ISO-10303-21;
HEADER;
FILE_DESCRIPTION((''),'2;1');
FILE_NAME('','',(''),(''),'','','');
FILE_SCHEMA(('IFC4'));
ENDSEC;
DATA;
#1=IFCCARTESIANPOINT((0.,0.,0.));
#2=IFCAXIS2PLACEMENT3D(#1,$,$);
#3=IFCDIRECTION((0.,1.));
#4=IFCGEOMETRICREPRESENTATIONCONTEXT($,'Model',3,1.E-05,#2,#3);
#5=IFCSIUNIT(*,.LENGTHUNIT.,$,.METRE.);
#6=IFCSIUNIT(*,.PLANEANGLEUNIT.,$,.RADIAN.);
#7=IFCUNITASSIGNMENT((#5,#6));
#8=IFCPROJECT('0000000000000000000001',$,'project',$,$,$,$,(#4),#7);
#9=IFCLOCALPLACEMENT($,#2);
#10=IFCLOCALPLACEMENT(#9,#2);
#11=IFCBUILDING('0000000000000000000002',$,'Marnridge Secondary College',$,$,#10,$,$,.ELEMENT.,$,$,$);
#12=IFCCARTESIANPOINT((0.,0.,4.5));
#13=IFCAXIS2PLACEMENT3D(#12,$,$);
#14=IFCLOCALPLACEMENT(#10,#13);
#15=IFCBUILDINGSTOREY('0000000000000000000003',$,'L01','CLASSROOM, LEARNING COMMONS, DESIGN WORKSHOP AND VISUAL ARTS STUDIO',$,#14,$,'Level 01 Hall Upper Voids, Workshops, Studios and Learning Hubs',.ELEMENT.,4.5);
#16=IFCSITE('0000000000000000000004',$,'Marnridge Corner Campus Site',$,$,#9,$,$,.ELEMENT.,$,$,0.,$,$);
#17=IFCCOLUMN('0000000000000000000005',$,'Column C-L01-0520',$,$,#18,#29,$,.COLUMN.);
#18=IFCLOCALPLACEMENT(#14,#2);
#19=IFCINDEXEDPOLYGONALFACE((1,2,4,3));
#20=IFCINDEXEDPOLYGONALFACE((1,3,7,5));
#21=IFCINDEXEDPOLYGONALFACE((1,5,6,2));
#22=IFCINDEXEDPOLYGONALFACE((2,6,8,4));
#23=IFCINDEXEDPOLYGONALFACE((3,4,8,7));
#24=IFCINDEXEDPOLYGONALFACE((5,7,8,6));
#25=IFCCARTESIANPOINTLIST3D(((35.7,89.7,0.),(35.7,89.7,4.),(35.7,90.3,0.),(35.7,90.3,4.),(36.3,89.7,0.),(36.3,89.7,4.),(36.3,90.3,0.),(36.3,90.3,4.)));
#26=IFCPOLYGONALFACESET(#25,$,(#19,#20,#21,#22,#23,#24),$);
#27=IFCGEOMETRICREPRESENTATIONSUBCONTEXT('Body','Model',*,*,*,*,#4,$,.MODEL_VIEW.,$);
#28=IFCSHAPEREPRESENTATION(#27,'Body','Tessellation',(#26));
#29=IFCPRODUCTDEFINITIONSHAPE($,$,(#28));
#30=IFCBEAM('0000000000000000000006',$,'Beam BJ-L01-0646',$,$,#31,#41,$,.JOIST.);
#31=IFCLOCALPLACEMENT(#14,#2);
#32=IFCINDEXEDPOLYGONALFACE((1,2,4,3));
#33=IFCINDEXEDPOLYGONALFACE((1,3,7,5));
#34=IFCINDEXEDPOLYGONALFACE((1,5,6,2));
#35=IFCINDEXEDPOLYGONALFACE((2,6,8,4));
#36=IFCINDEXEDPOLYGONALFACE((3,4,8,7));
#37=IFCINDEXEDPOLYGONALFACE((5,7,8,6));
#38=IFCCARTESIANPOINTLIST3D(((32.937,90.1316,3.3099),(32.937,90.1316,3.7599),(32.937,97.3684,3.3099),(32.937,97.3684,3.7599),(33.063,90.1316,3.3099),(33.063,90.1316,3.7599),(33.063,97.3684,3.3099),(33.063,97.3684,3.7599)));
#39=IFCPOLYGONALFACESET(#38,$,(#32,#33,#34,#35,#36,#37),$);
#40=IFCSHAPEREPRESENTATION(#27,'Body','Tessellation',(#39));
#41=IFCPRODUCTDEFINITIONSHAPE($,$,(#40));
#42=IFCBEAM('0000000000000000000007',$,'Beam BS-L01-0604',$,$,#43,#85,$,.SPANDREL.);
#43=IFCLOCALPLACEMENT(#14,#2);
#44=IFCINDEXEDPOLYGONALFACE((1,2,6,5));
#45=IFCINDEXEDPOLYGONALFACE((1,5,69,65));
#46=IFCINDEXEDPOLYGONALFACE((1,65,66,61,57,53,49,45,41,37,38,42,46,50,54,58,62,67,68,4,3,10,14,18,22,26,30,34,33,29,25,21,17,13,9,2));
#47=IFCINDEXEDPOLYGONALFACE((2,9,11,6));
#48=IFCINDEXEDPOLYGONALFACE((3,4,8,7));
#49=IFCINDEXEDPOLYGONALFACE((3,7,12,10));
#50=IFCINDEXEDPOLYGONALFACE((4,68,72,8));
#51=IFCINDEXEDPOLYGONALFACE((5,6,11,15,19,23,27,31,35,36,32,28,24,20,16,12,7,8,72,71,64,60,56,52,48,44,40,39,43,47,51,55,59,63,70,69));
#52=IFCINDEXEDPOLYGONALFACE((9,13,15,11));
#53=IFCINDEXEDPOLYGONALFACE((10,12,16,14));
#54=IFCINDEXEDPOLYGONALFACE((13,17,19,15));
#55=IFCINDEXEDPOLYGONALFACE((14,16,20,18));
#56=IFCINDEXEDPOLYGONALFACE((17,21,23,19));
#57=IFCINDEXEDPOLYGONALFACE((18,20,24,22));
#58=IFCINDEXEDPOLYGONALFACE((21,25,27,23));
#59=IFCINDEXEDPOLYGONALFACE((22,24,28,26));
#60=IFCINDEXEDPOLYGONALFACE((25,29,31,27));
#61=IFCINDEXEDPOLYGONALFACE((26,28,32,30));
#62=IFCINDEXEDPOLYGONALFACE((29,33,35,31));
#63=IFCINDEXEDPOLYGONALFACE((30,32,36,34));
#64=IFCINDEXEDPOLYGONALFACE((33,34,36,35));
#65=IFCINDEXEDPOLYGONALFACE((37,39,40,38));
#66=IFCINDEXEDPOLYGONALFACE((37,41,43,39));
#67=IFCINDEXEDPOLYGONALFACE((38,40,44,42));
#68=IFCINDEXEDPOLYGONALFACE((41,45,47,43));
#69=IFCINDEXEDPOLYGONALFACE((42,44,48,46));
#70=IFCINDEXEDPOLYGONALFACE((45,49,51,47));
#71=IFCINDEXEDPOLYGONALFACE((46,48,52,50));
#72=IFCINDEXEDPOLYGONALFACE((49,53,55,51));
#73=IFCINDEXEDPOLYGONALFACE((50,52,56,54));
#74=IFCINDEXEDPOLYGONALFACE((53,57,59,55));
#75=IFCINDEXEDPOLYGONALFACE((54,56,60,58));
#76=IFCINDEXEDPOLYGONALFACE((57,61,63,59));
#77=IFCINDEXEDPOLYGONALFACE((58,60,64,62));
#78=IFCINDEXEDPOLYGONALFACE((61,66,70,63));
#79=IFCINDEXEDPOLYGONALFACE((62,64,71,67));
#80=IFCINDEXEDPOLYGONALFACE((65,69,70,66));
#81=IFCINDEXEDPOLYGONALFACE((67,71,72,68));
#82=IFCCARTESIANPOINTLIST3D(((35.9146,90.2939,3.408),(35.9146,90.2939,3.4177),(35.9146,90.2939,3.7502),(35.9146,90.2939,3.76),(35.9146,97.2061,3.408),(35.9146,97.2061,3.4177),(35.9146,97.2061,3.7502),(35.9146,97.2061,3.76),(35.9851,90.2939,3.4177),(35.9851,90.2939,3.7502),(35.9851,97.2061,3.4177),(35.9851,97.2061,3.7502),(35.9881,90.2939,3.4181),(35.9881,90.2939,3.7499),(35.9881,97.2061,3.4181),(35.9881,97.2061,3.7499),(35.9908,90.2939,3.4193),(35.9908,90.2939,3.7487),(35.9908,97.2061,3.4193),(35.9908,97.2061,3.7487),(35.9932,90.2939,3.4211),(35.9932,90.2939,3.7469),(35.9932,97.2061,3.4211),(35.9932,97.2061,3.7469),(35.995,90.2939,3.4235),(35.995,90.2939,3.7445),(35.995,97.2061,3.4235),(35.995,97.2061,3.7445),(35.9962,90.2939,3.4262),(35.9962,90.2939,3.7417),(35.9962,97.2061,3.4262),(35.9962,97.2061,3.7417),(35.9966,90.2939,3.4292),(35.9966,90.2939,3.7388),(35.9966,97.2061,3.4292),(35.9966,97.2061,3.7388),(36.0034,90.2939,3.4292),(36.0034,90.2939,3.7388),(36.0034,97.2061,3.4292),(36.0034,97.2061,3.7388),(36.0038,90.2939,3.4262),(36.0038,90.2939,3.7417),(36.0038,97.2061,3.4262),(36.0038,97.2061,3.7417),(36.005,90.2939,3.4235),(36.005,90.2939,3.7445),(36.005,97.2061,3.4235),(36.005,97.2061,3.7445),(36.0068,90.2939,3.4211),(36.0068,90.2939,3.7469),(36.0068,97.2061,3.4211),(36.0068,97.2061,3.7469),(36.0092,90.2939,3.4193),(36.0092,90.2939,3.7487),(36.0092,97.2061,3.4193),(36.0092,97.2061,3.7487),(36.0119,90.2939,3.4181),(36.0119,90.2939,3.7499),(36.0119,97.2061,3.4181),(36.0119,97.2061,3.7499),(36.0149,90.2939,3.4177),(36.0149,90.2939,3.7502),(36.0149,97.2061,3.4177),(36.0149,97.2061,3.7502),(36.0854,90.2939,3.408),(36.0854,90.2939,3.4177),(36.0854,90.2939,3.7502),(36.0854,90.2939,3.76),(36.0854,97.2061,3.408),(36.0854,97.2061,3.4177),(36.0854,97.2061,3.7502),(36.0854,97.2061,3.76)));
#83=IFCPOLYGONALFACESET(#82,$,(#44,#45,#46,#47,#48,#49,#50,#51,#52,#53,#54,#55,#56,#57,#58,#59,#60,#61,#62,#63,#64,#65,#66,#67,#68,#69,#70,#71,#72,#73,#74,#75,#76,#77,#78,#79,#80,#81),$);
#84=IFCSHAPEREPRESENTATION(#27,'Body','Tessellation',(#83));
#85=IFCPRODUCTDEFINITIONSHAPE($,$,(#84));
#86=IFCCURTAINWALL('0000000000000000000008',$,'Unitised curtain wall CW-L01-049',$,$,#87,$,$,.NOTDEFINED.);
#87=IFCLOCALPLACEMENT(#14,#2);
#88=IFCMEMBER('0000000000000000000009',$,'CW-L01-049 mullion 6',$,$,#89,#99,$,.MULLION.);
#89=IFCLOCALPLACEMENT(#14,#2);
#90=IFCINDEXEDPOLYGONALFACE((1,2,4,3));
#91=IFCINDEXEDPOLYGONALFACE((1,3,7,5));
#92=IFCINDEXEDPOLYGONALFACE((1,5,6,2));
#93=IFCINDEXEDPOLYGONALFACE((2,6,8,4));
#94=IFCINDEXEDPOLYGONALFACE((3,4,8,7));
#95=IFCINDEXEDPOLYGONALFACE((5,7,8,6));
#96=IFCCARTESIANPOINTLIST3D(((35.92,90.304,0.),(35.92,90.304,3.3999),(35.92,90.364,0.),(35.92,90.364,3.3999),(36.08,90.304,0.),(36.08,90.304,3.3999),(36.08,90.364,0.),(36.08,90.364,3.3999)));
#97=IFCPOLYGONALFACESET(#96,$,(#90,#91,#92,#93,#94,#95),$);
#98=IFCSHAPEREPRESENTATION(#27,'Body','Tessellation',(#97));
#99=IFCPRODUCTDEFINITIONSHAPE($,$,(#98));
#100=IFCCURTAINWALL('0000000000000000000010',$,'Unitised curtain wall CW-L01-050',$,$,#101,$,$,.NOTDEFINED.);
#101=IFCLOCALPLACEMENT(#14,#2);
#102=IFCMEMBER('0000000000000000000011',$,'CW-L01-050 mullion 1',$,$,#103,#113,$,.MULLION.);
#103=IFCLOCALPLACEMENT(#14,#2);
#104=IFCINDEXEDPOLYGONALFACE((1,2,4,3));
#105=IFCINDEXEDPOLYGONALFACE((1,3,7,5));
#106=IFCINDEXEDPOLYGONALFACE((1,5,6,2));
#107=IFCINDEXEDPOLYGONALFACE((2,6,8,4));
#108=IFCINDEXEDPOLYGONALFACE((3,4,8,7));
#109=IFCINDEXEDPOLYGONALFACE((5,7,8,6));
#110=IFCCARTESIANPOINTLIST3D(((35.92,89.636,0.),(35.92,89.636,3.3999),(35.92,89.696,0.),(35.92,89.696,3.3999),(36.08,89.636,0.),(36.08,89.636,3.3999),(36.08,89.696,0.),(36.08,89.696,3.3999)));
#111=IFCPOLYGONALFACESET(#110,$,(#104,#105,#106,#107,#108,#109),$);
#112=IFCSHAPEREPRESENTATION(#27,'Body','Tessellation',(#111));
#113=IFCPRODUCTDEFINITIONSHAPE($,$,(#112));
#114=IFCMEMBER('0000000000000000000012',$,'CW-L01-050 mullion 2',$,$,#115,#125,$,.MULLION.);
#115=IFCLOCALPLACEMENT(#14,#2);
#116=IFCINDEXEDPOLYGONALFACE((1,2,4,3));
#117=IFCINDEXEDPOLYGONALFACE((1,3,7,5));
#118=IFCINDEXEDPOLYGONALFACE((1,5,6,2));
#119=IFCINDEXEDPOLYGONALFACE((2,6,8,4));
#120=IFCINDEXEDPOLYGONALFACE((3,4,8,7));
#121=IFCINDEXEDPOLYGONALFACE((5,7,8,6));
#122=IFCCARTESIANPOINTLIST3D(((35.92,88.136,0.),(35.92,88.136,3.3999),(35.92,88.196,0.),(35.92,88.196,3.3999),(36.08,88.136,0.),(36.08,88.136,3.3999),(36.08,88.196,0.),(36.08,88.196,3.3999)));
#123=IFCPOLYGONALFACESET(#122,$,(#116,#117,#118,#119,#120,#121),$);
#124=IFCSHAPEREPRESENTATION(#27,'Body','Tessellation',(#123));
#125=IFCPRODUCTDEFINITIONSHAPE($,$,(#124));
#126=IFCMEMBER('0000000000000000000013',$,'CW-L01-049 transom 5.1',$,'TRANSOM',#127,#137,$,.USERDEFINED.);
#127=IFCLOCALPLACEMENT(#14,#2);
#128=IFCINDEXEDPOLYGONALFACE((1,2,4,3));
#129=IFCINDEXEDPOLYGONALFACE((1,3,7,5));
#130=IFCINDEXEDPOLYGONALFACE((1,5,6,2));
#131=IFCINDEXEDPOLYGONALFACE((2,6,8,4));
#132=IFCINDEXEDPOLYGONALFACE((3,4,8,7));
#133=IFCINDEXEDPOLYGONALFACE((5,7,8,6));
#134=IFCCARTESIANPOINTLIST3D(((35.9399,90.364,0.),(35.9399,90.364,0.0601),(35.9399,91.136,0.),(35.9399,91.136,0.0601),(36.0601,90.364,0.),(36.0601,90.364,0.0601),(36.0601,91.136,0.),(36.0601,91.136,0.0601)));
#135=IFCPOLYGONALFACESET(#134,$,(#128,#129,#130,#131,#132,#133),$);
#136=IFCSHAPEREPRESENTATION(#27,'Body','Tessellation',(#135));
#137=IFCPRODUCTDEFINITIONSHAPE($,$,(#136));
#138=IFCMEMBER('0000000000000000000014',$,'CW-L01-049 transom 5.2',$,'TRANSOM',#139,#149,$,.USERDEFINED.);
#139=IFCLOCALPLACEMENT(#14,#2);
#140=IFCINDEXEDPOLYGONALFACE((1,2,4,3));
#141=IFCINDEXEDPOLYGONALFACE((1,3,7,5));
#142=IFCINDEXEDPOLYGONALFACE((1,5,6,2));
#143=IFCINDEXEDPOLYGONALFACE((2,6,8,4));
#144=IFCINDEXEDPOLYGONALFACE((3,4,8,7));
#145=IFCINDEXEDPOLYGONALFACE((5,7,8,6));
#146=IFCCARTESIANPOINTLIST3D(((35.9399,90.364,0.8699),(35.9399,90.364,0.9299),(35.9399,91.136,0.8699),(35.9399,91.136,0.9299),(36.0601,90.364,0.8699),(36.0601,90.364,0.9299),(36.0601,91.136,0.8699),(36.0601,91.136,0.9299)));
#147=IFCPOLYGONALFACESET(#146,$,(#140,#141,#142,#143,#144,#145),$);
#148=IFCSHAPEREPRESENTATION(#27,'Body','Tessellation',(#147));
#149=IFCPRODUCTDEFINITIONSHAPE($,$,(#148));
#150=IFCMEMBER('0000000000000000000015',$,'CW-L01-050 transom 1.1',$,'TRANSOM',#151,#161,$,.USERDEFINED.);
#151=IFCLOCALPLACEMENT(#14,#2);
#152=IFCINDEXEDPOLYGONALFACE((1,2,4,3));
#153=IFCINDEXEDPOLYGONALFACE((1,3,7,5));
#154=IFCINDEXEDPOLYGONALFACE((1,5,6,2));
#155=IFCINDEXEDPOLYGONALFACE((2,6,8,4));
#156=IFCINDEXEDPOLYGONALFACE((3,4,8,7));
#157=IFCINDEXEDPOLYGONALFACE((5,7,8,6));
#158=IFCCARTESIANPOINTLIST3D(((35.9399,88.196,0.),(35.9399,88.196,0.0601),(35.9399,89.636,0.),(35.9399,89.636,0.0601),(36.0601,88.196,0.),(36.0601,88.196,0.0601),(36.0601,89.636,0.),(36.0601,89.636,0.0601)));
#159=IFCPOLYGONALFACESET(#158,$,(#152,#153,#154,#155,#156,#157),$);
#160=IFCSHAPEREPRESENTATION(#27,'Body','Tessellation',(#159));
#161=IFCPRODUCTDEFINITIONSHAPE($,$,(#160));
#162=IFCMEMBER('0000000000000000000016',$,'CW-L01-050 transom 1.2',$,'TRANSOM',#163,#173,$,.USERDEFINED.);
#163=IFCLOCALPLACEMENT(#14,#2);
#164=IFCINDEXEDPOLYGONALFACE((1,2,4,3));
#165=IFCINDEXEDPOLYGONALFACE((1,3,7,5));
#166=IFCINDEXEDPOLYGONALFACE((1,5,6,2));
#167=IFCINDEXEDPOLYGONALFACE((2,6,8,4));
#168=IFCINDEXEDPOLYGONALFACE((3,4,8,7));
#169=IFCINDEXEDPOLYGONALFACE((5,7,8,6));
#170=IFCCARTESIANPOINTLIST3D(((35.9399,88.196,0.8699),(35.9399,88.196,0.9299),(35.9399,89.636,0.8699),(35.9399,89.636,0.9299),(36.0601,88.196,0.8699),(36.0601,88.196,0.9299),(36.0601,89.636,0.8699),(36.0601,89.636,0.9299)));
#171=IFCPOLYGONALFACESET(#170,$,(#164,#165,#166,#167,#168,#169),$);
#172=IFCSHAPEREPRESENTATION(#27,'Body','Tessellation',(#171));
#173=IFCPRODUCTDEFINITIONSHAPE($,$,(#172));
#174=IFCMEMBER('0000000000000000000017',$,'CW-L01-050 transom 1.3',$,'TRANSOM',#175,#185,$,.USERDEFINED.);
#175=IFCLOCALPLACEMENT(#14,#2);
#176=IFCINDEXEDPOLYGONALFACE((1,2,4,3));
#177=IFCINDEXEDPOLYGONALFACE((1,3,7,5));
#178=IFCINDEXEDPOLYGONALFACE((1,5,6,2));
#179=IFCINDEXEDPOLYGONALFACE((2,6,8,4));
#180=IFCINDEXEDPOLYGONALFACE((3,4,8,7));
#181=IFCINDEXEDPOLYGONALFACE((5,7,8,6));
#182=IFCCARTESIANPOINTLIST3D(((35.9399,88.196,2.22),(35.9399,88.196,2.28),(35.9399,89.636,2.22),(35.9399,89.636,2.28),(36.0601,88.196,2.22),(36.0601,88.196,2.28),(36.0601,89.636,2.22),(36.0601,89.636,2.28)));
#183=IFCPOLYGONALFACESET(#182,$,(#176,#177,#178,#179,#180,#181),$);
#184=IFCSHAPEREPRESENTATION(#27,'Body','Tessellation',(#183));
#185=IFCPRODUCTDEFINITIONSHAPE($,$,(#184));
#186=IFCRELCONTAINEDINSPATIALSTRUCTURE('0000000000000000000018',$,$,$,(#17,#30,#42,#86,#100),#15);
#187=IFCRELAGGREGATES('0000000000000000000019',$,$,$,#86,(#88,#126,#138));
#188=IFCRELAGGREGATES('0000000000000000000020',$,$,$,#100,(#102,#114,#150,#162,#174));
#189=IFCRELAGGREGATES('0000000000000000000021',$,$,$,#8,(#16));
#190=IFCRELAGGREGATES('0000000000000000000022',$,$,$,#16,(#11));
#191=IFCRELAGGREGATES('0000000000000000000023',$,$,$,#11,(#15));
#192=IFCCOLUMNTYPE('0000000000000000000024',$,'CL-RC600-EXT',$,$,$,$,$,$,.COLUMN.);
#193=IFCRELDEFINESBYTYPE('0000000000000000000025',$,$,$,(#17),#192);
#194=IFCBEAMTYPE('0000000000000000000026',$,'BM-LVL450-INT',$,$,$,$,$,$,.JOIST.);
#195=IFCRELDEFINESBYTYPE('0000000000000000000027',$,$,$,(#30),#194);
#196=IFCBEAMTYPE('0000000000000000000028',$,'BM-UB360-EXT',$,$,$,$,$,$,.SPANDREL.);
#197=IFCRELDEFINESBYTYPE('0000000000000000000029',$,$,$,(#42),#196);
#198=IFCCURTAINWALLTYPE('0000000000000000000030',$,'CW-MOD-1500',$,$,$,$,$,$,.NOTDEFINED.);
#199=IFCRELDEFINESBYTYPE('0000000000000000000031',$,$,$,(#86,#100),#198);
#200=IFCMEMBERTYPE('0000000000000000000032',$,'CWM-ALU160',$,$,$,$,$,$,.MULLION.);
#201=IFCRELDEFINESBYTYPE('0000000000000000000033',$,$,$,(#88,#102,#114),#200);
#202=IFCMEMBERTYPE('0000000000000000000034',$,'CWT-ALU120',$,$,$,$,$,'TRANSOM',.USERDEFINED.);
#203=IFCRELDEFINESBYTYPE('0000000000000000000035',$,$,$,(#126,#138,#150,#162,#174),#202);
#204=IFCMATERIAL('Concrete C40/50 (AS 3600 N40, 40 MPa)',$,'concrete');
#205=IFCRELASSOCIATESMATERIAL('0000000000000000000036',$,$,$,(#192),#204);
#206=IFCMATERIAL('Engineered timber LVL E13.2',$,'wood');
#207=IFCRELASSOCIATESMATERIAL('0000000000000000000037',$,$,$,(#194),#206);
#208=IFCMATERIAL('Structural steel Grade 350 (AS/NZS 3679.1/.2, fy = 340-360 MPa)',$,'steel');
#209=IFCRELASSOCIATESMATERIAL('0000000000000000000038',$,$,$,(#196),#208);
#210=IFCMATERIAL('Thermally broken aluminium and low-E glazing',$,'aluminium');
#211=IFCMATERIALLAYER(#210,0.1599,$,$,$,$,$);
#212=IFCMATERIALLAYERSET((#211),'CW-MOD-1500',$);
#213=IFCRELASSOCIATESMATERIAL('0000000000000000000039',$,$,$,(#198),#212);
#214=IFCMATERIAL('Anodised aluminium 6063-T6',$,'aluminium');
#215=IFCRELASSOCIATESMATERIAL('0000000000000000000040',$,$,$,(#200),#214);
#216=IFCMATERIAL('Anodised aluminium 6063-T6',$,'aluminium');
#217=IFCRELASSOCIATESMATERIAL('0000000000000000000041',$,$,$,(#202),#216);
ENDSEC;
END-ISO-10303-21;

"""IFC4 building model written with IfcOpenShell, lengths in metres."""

from ifc_helpers import new_model, si_unit, direction, frame, origin, origin_2d, place, context, subcontext, project, spatial, rectangle, i_section, extrude, material, layer, layer_set, material_profile, profile_set, type_object, element, aggregate, save


model = new_model("IFC4")

# Units and contexts
model_context = context("Model", 3, precision=1e-05, world=origin(), true_north=direction((0.0, 1.0)))
body_context = subcontext(model_context, "Body", "Model", "MODEL_VIEW")
ifc_project = project(units=[si_unit("LENGTHUNIT", "METRE"), si_unit("PLANEANGLEUNIT", "RADIAN")], contexts=[model_context])

# Site, building, storey
site_placement = place(None, origin())
site = spatial("IfcSite", under=ifc_project, at=site_placement, Name="Marnridge Corner Campus Site", CompositionType="ELEMENT", RefElevation=0.0)
building_placement = place(site_placement, origin())
building = spatial("IfcBuilding", under=site, at=building_placement, Name="Marnridge Secondary College", CompositionType="ELEMENT")
storey_placement = place(building_placement, frame((0.0, 0.0, 4.5)))
storey = spatial("IfcBuildingStorey", under=building, at=storey_placement, Name="L01", Description="CLASSROOM, LEARNING COMMONS, DESIGN WORKSHOP AND VISUAL ARTS STUDIO", LongName="Level 01 Hall Upper Voids, Workshops, Studios and Learning Hubs", CompositionType="ELEMENT", Elevation=4.5)

# Column
ifc_material_1 = material(Name="Concrete C40/50 (AS 3600 N40, 40 MPa)", Category="concrete")
ifc_material_profile_1 = material_profile(ifc_material_1, rectangle(XDim=0.6001, YDim=0.6001, at=origin_2d()), Name="RC 600x600")
ifc_profile_set_1 = profile_set([ifc_material_profile_1], Name="Concrete C40/50 (AS 3600 N40, 40 MPa)")
column_type = type_object("IfcColumnType", Name="CL-RC600-EXT", PredefinedType="COLUMN", material=ifc_profile_set_1)
column_placement = place(storey_placement, frame((36.0, 90.0, 0.0), z_axis=(0.0, 0.0, 1.0), x_axis=(1.0, 0.0, 0.0)))
element("IfcColumn", 1, at=column_placement, inside=storey, type_object=column_type, Name="Column C-L01-0520", PredefinedType="COLUMN", context=body_context, shape_type="SweptSolid", body=[
    extrude(rectangle(XDim=0.6001, YDim=0.6001, at=origin_2d()), origin(), (0.0, 0.0, 1.0), 4.0),
])

# Beams
ifc_material_2 = material(Name="Engineered timber LVL E13.2", Category="wood")
ifc_material_profile_2 = material_profile(ifc_material_2, rectangle(XDim=0.126, YDim=0.45, at=origin_2d()), Name="LVL 126x450")
ifc_profile_set_2 = profile_set([ifc_material_profile_2], Name="Engineered timber LVL E13.2")
beam_type_1 = type_object("IfcBeamType", Name="BM-LVL450-INT", PredefinedType="JOIST", material=ifc_profile_set_2)
beam_1_placement = place(storey_placement, frame((33.0, 90.1316, 3.5349), z_axis=(0.0, 1.0, 0.0), x_axis=(-1.0, 0.0, 0.0)))
element("IfcBeam", 2, at=beam_1_placement, inside=storey, type_object=beam_type_1, Name="Beam BJ-L01-0646", PredefinedType="JOIST", context=body_context, shape_type="SweptSolid", body=[
    extrude(rectangle(XDim=0.126, YDim=0.45, at=origin_2d()), origin(), (0.0, 0.0, 1.0), 7.2368),
])
ifc_material_3 = material(Name="Structural steel Grade 350 (AS/NZS 3679.1/.2, fy = 340-360 MPa)", Category="steel")
ifc_material_profile_3 = material_profile(ifc_material_3, i_section(OverallWidth=0.1709, OverallDepth=0.3521, WebThickness=0.0068, FlangeThickness=0.0098, FilletRadius=0.0115, at=origin_2d()), Name="360UB44.7")
ifc_profile_set_3 = profile_set([ifc_material_profile_3], Name="Structural steel Grade 350 (AS/NZS 3679.1/.2, fy = 340-360 MPa)")
beam_type_2 = type_object("IfcBeamType", Name="BM-UB360-EXT", PredefinedType="SPANDREL", material=ifc_profile_set_3)
beam_2_placement = place(storey_placement, frame((36.0, 90.2939, 3.584), z_axis=(0.0, 1.0, 0.0), x_axis=(-1.0, 0.0, 0.0)))
element("IfcBeam", 3, at=beam_2_placement, inside=storey, type_object=beam_type_2, Name="Beam BS-L01-0604", PredefinedType="SPANDREL", context=body_context, shape_type="SweptSolid", body=[
    extrude(i_section(OverallWidth=0.1709, OverallDepth=0.3521, WebThickness=0.0068, FlangeThickness=0.0098, FilletRadius=0.0115, at=origin_2d()), origin(), (0.0, 0.0, 1.0), 6.9121),
])

# Curtain wall, member
ifc_material_4 = material(Name="Thermally broken aluminium and low-E glazing", Category="aluminium")
ifc_layer_1 = layer(ifc_material_4, 0.1599)
ifc_layer_set_1 = layer_set([ifc_layer_1], Name="CW-MOD-1500")
curtain_wall_type = type_object("IfcCurtainWallType", Name="CW-MOD-1500", PredefinedType="NOTDEFINED", material=ifc_layer_set_1)
curtain_wall_1_placement = place(storey_placement, origin())
curtain_wall_1 = element("IfcCurtainWall", 4, at=curtain_wall_1_placement, inside=storey, type_object=curtain_wall_type, Name="Unitised curtain wall CW-L01-049", PredefinedType="NOTDEFINED")
ifc_material_5 = material(Name="Anodised aluminium 6063-T6", Category="aluminium")
ifc_material_profile_4 = material_profile(ifc_material_5, rectangle(XDim=0.0601, YDim=0.1599, at=origin_2d()), Name="ALU 60x160")
ifc_profile_set_4 = profile_set([ifc_material_profile_4], Name="Anodised aluminium 6063-T6")
member_type_1 = type_object("IfcMemberType", Name="CWM-ALU160", PredefinedType="MULLION", material=ifc_profile_set_4)
member_1_placement = place(storey_placement, frame((36.0, 90.334, 0.0), z_axis=(0.0, 0.0, 1.0), x_axis=(0.0, -1.0, 0.0)))
member_1 = element("IfcMember", 5, at=member_1_placement, type_object=member_type_1, Name="CW-L01-049 mullion 6", PredefinedType="MULLION", context=body_context, shape_type="SweptSolid", body=[
    extrude(rectangle(XDim=0.0601, YDim=0.1599, at=origin_2d()), origin(), (0.0, 0.0, 1.0), 3.3999),
])

# Curtain wall, members
curtain_wall_2_placement = place(storey_placement, origin())
curtain_wall_2 = element("IfcCurtainWall", 6, at=curtain_wall_2_placement, inside=storey, type_object=curtain_wall_type, Name="Unitised curtain wall CW-L01-050", PredefinedType="NOTDEFINED")
member_2_placement = place(storey_placement, frame((36.0, 89.666, 0.0), z_axis=(0.0, 0.0, 1.0), x_axis=(0.0, -1.0, 0.0)))
member_2 = element("IfcMember", 7, at=member_2_placement, type_object=member_type_1, Name="CW-L01-050 mullion 1", PredefinedType="MULLION", context=body_context, shape_type="SweptSolid", body=[
    extrude(rectangle(XDim=0.0601, YDim=0.1599, at=origin_2d()), origin(), (0.0, 0.0, 1.0), 3.3999),
])
member_3_placement = place(storey_placement, frame((36.0, 88.166, 0.0), z_axis=(0.0, 0.0, 1.0), x_axis=(0.0, -1.0, 0.0)))
member_3 = element("IfcMember", 8, at=member_3_placement, type_object=member_type_1, Name="CW-L01-050 mullion 2", PredefinedType="MULLION", context=body_context, shape_type="SweptSolid", body=[
    extrude(rectangle(XDim=0.0601, YDim=0.1599, at=origin_2d()), origin(), (0.0, 0.0, 1.0), 3.3999),
])

# Members
ifc_material_6 = material(Name="Anodised aluminium 6063-T6", Category="aluminium")
ifc_material_profile_5 = material_profile(ifc_material_6, rectangle(XDim=0.0601, YDim=0.1201, at=origin_2d()), Name="ALU 60x120")
ifc_profile_set_5 = profile_set([ifc_material_profile_5], Name="Anodised aluminium 6063-T6")
member_type_2 = type_object("IfcMemberType", Name="CWT-ALU120", ElementType="TRANSOM", PredefinedType="USERDEFINED", material=ifc_profile_set_5)
member_4_placement = place(storey_placement, frame((36.0, 91.136, 0.03), z_axis=(0.0, -1.0, 0.0), x_axis=(0.0, 0.0, 1.0)))
member_4 = element("IfcMember", 9, at=member_4_placement, type_object=member_type_2, Name="CW-L01-049 transom 5.1", ObjectType="TRANSOM", PredefinedType="USERDEFINED", context=body_context, shape_type="SweptSolid", body=[
    extrude(rectangle(XDim=0.0601, YDim=0.1201, at=origin_2d()), origin(), (0.0, 0.0, 1.0), 0.772),
])
member_5_placement = place(storey_placement, frame((36.0, 91.136, 0.8999), z_axis=(0.0, -1.0, 0.0), x_axis=(0.0, 0.0, 1.0)))
member_5 = element("IfcMember", 10, at=member_5_placement, type_object=member_type_2, Name="CW-L01-049 transom 5.2", ObjectType="TRANSOM", PredefinedType="USERDEFINED", context=body_context, shape_type="SweptSolid", body=[
    extrude(rectangle(XDim=0.0601, YDim=0.1201, at=origin_2d()), origin(), (0.0, 0.0, 1.0), 0.772),
])
member_6_placement = place(storey_placement, frame((36.0, 89.636, 0.03), z_axis=(0.0, -1.0, 0.0), x_axis=(0.0, 0.0, 1.0)))
member_6 = element("IfcMember", 11, at=member_6_placement, type_object=member_type_2, Name="CW-L01-050 transom 1.1", ObjectType="TRANSOM", PredefinedType="USERDEFINED", context=body_context, shape_type="SweptSolid", body=[
    extrude(rectangle(XDim=0.0601, YDim=0.1201, at=origin_2d()), origin(), (0.0, 0.0, 1.0), 1.4399),
])
member_7_placement = place(storey_placement, frame((36.0, 89.636, 0.8999), z_axis=(0.0, -1.0, 0.0), x_axis=(0.0, 0.0, 1.0)))
member_7 = element("IfcMember", 12, at=member_7_placement, type_object=member_type_2, Name="CW-L01-050 transom 1.2", ObjectType="TRANSOM", PredefinedType="USERDEFINED", context=body_context, shape_type="SweptSolid", body=[
    extrude(rectangle(XDim=0.0601, YDim=0.1201, at=origin_2d()), origin(), (0.0, 0.0, 1.0), 1.4399),
])
member_8_placement = place(storey_placement, frame((36.0, 89.636, 2.25), z_axis=(0.0, -1.0, 0.0), x_axis=(0.0, 0.0, 1.0)))
member_8 = element("IfcMember", 13, at=member_8_placement, type_object=member_type_2, Name="CW-L01-050 transom 1.3", ObjectType="TRANSOM", PredefinedType="USERDEFINED", context=body_context, shape_type="SweptSolid", body=[
    extrude(rectangle(XDim=0.0601, YDim=0.1201, at=origin_2d()), origin(), (0.0, 0.0, 1.0), 1.4399),
])

aggregate(curtain_wall_1, [member_1, member_4, member_5])
aggregate(curtain_wall_2, [member_2, member_3, member_6, member_7, member_8])

save(model, "model.ifc")
